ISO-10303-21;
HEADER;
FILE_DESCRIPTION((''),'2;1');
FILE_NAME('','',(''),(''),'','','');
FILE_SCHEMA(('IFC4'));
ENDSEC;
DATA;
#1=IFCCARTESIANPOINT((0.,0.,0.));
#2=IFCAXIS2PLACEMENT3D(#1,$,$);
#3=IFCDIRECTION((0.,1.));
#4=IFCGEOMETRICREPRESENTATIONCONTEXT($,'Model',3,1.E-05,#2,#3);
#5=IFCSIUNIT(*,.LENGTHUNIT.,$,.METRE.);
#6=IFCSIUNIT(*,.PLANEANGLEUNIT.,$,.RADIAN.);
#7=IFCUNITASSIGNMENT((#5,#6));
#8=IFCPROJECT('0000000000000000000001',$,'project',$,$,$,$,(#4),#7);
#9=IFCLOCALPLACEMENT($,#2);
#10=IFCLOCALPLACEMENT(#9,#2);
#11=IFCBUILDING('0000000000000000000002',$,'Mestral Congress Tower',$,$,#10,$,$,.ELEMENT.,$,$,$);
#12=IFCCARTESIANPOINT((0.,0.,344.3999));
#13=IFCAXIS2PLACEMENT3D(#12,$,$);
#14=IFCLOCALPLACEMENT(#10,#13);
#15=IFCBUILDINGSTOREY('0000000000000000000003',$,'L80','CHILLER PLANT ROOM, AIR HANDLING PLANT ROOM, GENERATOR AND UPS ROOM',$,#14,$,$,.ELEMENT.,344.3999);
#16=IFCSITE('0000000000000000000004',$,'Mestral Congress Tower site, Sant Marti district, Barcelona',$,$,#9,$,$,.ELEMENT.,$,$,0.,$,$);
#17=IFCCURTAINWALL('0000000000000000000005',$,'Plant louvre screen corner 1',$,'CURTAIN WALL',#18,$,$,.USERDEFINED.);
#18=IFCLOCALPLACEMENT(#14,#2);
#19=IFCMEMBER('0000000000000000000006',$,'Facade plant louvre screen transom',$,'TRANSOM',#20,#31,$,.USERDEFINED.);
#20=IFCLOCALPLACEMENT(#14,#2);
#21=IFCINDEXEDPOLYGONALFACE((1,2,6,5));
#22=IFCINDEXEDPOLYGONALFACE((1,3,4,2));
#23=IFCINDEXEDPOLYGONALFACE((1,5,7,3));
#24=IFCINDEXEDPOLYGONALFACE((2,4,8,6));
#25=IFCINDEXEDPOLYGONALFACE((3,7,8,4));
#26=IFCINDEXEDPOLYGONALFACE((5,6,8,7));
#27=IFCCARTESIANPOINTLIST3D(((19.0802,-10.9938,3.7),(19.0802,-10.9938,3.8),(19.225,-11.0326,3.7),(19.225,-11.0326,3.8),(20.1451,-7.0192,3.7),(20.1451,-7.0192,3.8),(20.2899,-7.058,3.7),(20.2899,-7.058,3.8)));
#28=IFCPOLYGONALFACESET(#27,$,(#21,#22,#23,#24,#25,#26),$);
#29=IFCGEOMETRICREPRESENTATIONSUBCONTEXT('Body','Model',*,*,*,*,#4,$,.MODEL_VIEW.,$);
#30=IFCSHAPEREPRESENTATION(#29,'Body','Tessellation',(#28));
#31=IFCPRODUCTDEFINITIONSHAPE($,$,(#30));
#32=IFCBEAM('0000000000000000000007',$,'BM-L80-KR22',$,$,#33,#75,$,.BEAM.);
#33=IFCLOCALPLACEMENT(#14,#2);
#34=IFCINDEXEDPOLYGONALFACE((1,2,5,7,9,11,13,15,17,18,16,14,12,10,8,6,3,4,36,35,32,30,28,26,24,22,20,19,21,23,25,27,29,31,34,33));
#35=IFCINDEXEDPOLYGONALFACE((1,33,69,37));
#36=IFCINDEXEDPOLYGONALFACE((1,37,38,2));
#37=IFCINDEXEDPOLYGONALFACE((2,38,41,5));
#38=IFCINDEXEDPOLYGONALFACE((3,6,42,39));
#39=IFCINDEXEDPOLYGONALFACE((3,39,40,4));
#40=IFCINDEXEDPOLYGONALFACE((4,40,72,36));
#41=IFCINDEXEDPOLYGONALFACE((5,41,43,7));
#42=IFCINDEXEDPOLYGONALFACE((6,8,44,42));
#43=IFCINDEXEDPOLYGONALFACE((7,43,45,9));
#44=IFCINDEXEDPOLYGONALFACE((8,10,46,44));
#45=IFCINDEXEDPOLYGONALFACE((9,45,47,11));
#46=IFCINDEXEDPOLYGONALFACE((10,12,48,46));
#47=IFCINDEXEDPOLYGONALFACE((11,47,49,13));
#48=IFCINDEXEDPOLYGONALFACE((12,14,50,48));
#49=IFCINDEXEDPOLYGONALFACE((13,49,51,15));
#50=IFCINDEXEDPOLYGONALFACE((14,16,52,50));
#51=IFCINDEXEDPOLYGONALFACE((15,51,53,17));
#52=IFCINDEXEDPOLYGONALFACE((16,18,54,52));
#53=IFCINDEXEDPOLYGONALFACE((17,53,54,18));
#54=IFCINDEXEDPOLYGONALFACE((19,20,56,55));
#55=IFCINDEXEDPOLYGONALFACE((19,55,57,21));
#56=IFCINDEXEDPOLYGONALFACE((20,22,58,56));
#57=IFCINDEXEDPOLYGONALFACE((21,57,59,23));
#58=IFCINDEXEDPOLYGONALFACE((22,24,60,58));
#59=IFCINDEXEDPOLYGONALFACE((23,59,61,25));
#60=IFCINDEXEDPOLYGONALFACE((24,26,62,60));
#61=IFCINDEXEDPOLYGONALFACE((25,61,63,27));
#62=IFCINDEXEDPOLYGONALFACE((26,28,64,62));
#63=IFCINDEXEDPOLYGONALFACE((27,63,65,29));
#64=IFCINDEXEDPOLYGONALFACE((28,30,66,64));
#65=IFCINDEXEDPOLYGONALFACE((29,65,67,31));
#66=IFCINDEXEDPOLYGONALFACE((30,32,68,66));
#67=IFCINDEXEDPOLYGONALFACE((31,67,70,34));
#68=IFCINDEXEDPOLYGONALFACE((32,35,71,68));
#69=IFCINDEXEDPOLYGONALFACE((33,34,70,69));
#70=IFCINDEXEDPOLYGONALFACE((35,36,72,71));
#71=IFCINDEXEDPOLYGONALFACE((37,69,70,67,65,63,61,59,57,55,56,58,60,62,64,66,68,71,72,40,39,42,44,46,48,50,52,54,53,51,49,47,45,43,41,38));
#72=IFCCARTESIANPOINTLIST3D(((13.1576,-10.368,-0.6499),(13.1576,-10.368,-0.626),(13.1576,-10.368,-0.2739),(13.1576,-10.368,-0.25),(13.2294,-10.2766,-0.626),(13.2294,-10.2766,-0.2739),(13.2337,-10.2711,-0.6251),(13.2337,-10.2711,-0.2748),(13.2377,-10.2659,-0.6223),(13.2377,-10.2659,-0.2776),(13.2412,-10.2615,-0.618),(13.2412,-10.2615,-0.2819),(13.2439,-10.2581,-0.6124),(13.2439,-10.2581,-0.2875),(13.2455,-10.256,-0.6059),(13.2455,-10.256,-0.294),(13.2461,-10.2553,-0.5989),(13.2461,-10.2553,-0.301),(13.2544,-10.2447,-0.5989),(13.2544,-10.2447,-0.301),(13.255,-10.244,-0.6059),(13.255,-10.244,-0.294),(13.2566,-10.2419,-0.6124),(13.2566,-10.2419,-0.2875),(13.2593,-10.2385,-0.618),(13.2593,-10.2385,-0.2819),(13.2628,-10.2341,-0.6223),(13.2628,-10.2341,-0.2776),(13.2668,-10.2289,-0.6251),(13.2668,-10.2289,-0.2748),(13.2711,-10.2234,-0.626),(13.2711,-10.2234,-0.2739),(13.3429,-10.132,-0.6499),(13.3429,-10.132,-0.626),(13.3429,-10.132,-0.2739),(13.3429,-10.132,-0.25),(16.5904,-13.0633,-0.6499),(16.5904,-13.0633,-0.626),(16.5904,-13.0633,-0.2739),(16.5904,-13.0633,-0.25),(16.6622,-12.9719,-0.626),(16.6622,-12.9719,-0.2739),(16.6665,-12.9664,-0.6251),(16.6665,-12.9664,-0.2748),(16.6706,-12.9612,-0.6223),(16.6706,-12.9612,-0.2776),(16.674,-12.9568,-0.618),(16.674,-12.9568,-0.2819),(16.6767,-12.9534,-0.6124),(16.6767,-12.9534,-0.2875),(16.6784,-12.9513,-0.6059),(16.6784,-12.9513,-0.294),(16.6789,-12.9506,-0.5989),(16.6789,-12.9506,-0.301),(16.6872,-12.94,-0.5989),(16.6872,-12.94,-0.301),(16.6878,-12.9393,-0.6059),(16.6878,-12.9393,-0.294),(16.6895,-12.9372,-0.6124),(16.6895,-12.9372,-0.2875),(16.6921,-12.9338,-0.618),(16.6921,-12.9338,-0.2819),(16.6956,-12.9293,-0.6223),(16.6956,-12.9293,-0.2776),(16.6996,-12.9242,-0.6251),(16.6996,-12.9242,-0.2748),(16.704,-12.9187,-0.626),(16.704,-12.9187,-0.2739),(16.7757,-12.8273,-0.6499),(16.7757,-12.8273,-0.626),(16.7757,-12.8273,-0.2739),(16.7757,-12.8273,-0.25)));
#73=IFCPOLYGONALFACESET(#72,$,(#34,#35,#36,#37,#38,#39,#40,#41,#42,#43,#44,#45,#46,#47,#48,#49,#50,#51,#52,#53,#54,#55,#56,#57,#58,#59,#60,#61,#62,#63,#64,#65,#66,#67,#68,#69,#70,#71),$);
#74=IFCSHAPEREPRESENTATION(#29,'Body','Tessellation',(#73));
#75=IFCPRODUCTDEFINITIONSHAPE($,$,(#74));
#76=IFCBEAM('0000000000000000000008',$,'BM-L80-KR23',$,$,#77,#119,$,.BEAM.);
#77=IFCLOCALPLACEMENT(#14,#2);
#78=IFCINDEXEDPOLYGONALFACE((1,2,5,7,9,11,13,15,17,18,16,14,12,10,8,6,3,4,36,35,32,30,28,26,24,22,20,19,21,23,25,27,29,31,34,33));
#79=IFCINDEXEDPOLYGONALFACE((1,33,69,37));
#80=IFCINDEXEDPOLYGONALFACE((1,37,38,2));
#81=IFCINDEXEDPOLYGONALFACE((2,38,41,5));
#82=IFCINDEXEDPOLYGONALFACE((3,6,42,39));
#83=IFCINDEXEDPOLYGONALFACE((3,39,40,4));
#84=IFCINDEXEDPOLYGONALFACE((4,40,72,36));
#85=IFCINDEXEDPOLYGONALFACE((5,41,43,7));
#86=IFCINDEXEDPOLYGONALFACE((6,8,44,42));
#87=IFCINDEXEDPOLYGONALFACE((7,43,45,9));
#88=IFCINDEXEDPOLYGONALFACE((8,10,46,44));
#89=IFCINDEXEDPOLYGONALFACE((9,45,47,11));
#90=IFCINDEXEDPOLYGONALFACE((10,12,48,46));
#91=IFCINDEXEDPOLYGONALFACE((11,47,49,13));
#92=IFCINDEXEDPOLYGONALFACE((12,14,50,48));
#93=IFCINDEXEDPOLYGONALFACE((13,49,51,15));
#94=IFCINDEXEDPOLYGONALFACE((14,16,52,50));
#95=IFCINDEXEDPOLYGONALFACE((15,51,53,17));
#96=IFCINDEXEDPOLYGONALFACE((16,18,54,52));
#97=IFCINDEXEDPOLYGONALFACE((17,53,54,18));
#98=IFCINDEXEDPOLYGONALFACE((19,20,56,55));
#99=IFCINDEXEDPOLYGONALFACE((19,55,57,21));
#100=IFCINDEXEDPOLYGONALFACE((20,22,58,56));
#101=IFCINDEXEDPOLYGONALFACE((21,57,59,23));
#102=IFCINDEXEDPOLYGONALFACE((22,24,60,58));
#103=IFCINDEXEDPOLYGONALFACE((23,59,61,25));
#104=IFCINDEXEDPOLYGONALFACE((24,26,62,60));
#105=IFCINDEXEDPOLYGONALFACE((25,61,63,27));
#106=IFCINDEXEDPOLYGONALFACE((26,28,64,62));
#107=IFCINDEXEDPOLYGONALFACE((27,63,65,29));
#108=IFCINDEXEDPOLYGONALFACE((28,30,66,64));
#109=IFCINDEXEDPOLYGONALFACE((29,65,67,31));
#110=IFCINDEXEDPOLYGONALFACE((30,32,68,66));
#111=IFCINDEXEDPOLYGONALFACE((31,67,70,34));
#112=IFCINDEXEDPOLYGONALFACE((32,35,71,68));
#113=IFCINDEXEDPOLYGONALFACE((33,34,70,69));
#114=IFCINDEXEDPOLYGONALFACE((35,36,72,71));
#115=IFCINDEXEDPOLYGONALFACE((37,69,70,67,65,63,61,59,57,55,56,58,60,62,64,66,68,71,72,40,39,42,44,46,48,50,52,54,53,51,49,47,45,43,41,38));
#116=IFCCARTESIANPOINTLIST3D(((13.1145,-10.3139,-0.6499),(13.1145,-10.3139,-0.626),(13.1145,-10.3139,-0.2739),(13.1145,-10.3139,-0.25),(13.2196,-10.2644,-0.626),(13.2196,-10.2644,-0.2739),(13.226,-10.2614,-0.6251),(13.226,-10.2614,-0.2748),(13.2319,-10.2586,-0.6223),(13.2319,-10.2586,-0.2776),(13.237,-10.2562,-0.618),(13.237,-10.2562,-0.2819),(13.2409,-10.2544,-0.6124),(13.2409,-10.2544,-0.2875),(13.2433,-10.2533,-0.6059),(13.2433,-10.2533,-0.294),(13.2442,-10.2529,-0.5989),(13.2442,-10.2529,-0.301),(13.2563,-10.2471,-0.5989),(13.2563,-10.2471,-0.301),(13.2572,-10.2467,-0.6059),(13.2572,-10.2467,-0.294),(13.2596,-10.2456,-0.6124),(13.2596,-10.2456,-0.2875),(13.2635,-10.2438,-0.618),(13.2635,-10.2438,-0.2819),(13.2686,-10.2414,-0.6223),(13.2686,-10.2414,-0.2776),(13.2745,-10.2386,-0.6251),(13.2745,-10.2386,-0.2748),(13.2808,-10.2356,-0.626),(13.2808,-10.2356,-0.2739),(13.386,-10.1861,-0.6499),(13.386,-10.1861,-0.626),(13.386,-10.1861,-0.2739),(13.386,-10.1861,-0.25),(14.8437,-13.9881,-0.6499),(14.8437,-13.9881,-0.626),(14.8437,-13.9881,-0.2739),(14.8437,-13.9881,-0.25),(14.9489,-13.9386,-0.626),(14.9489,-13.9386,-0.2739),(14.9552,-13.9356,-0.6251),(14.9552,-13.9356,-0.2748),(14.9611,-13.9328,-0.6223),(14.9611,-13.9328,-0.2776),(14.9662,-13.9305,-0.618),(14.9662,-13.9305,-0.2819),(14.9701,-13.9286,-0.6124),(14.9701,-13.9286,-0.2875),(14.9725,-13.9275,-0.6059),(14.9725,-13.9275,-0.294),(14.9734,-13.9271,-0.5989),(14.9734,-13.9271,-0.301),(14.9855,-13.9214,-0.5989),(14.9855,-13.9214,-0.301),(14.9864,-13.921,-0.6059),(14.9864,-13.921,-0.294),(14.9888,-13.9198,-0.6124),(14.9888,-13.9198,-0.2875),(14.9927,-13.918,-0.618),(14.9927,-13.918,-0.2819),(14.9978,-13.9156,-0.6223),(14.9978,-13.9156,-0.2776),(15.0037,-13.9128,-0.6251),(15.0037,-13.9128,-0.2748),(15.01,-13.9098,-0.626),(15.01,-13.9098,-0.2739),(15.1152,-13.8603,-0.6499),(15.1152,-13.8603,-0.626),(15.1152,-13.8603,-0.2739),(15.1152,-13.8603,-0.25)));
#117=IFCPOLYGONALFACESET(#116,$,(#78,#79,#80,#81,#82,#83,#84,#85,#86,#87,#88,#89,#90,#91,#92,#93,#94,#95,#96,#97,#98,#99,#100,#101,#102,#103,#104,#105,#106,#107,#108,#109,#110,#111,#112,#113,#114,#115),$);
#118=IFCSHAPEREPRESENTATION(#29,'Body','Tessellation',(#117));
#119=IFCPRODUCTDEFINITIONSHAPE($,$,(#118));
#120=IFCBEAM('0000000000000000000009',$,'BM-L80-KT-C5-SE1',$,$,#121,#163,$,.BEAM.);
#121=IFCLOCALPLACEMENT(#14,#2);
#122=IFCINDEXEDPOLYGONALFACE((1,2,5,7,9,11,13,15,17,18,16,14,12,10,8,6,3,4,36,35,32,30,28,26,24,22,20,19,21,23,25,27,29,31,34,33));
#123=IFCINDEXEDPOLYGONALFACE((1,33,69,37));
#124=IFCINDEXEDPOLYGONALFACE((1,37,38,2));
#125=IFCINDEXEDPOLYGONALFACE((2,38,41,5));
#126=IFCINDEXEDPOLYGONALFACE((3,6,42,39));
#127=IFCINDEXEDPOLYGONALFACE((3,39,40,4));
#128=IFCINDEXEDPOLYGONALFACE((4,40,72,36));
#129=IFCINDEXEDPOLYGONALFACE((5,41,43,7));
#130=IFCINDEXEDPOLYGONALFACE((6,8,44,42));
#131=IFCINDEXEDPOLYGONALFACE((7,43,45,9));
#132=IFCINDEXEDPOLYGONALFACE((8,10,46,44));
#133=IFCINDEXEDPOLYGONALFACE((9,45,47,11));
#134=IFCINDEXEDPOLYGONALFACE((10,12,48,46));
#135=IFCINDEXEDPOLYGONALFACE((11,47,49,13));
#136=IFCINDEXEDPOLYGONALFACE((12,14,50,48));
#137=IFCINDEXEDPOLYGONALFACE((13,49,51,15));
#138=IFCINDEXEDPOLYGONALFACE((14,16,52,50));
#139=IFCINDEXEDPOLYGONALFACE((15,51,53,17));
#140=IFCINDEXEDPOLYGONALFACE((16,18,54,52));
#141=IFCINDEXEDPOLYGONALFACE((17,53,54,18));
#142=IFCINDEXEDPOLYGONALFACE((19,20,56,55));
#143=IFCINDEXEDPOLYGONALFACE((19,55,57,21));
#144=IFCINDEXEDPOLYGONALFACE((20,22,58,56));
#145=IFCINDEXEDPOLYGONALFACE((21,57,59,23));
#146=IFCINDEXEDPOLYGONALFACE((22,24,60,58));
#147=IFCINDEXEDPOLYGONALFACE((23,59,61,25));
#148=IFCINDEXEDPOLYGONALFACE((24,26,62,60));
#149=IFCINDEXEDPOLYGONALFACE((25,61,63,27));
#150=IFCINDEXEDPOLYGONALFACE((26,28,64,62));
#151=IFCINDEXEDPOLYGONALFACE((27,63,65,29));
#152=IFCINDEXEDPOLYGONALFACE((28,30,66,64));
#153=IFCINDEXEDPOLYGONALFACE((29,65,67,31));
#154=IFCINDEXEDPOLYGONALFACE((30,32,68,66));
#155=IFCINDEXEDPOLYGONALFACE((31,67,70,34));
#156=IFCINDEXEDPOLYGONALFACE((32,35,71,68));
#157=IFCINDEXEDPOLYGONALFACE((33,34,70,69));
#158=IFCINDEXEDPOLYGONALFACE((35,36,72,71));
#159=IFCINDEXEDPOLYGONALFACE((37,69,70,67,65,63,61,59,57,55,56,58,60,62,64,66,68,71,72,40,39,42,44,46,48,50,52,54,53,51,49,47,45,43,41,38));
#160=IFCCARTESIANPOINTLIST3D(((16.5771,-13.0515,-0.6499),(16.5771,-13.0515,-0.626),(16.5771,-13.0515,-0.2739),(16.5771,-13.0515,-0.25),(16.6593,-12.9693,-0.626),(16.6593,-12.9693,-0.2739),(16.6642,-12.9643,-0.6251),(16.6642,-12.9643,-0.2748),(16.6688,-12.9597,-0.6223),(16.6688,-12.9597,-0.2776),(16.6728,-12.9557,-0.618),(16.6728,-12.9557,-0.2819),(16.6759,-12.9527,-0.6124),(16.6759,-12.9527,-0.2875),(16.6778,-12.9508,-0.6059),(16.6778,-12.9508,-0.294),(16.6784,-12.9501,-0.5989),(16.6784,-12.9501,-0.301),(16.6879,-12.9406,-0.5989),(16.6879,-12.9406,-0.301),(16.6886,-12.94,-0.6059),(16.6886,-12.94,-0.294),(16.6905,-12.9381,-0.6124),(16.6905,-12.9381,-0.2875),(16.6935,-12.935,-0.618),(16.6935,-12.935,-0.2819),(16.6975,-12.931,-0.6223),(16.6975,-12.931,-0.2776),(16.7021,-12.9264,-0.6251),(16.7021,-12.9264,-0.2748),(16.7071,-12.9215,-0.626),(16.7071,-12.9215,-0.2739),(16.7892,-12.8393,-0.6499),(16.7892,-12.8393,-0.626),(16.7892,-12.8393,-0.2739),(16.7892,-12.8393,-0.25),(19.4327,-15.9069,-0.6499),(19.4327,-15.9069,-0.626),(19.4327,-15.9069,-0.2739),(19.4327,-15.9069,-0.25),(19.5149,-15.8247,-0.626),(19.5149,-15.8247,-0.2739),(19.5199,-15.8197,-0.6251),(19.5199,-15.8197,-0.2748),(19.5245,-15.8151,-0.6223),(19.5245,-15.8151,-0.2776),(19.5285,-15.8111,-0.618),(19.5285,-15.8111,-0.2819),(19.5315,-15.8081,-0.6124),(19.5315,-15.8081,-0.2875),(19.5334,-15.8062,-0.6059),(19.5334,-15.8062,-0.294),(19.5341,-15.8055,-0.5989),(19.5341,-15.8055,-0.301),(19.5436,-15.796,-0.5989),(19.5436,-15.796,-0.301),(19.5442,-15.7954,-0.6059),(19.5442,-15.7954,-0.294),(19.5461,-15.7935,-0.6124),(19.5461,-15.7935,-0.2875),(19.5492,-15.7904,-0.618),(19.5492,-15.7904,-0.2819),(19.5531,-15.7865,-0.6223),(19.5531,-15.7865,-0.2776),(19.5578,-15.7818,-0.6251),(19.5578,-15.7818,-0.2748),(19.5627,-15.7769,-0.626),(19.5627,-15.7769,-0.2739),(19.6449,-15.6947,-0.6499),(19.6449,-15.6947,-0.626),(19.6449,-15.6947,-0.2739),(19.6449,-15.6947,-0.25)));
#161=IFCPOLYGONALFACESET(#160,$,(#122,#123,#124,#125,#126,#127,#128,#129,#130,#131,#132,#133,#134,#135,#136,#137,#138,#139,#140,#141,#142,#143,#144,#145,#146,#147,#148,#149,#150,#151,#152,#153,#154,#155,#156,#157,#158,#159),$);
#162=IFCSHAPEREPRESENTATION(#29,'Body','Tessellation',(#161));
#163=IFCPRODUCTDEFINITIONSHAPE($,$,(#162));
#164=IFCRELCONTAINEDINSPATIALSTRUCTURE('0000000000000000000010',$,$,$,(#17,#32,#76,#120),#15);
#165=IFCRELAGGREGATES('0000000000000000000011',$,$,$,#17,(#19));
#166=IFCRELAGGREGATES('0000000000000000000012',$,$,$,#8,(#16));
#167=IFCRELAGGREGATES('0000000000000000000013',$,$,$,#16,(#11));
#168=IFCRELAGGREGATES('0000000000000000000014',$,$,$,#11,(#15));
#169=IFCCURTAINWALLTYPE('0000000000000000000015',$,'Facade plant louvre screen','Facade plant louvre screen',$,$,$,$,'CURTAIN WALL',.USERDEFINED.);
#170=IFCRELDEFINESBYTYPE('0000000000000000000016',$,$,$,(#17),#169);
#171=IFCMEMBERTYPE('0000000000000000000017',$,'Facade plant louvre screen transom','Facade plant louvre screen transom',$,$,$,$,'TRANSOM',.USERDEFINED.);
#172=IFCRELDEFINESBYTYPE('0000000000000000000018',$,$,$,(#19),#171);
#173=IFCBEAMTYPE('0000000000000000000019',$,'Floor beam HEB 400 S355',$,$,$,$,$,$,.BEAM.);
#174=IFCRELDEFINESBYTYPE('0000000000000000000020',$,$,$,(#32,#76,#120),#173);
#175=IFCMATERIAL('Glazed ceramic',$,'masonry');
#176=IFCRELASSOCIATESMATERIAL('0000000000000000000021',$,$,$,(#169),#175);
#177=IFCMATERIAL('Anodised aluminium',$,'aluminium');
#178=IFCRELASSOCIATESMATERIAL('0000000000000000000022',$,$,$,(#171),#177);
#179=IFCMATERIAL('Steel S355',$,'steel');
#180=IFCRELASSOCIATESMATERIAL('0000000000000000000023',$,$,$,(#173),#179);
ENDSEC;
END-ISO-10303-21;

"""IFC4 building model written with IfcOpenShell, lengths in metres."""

from ifc_helpers import new_model, si_unit, direction, frame, origin, origin_2d, place, context, subcontext, project, spatial, rectangle, i_section, extrude, material, material_profile, profile_set, type_object, element, aggregate, save


model = new_model("IFC4")

# Units and contexts
model_context = context("Model", 3, precision=1e-05, world=origin(), true_north=direction((0.0, 1.0)))
body_context = subcontext(model_context, "Body", "Model", "MODEL_VIEW")
ifc_project = project(units=[si_unit("LENGTHUNIT", "METRE"), si_unit("PLANEANGLEUNIT", "RADIAN")], contexts=[model_context])

# Site, building, storey
site_placement = place(None, origin())
site = spatial("IfcSite", under=ifc_project, at=site_placement, Name="Mestral Congress Tower site, Sant Marti district, Barcelona", CompositionType="ELEMENT", RefElevation=0.0)
building_placement = place(site_placement, origin())
building = spatial("IfcBuilding", under=site, at=building_placement, Name="Mestral Congress Tower", CompositionType="ELEMENT")
storey_placement = place(building_placement, frame((0.0, 0.0, 344.3999)))
storey = spatial("IfcBuildingStorey", under=building, at=storey_placement, Name="L80", Description="CHILLER PLANT ROOM, AIR HANDLING PLANT ROOM, GENERATOR AND UPS ROOM", CompositionType="ELEMENT", Elevation=344.3999)

# Shared definitions
ifc_material_1 = material(Name="Steel S355", Category="steel")

# Curtain wall, member
ifc_material_2 = material(Name="Glazed ceramic", Category="masonry")
curtain_wall_type = type_object("IfcCurtainWallType", Name="Facade plant louvre screen", Description="Facade plant louvre screen", ElementType="CURTAIN WALL", PredefinedType="USERDEFINED", material=ifc_material_2)
curtain_wall_placement = place(storey_placement, origin())
curtain_wall = element("IfcCurtainWall", 1, at=curtain_wall_placement, inside=storey, type_object=curtain_wall_type, Name="Plant louvre screen corner 1", ObjectType="CURTAIN WALL", PredefinedType="USERDEFINED")
ifc_material_3 = material(Name="Anodised aluminium", Category="aluminium")
ifc_material_profile_1 = material_profile(ifc_material_3, rectangle(XDim=0.1499, YDim=0.1001, at=origin_2d()), Name="CW6 transom 150 x 100")
ifc_profile_set_1 = profile_set([ifc_material_profile_1], Name="Anodised aluminium")
member_type_1 = type_object("IfcMemberType", Name="Facade plant louvre screen transom", Description="Facade plant louvre screen transom", ElementType="TRANSOM", PredefinedType="USERDEFINED", material=ifc_profile_set_1)
member_1_placement = place(storey_placement, frame((19.1526, -11.0132, 3.75), z_axis=(0.258807, 0.965929, 0.0), x_axis=(-0.965929, 0.258807, 0.0)))
member_1 = element("IfcMember", 2, at=member_1_placement, type_object=member_type_1, Name="Facade plant louvre screen transom", ObjectType="TRANSOM", PredefinedType="USERDEFINED", context=body_context, shape_type="SweptSolid", body=[
    extrude(rectangle(XDim=0.1499, YDim=0.1001, at=origin_2d()), origin(), (0.0, 0.0, 1.0), 4.1147),
])

# Beams
ifc_material_profile_2 = material_profile(ifc_material_1, i_section(OverallWidth=0.3, OverallDepth=0.3999, WebThickness=0.0134, FlangeThickness=0.0239, FilletRadius=0.0271, at=origin_2d()), Name="HEB 400")
ifc_profile_set_2 = profile_set([ifc_material_profile_2], Name="Steel S355")
beam_type_1 = type_object("IfcBeamType", Name="Floor beam HEB 400 S355", PredefinedType="BEAM", material=ifc_profile_set_2)
beam_1_placement = place(storey_placement, frame((13.2502, -10.25, -0.45), z_axis=(0.786534, -0.617547, 0.0), x_axis=(0.617547, 0.786534, 0.0)))
element("IfcBeam", 3, at=beam_1_placement, inside=storey, type_object=beam_type_1, Name="BM-L80-KR22", PredefinedType="BEAM", context=body_context, shape_type="SweptSolid", body=[
    extrude(i_section(OverallWidth=0.3, OverallDepth=0.3999, WebThickness=0.0134, FlangeThickness=0.0239, FilletRadius=0.0271, at=origin_2d()), origin(), (0.0, 0.0, 1.0), 4.3645),
])
beam_2_placement = place(storey_placement, frame((13.2502, -10.25, -0.45), z_axis=(0.425829, -0.904804, 0.0), x_axis=(0.904804, 0.425829, 0.0)))
element("IfcBeam", 4, at=beam_2_placement, inside=storey, type_object=beam_type_1, Name="BM-L80-KR23", PredefinedType="BEAM", context=body_context, shape_type="SweptSolid", body=[
    extrude(i_section(OverallWidth=0.3, OverallDepth=0.3999, WebThickness=0.0134, FlangeThickness=0.0239, FilletRadius=0.0271, at=origin_2d()), origin(), (0.0, 0.0, 1.0), 4.0608),
])
beam_3_placement = place(storey_placement, frame((19.5388, -15.8008, -0.45), z_axis=(-0.707137, 0.707077, 0.0), x_axis=(-0.707077, -0.707137, 0.0)))
element("IfcBeam", 5, at=beam_3_placement, inside=storey, type_object=beam_type_1, Name="BM-L80-KT-C5-SE1", PredefinedType="BEAM", context=body_context, shape_type="SweptSolid", body=[
    extrude(i_section(OverallWidth=0.3, OverallDepth=0.3999, WebThickness=0.0134, FlangeThickness=0.0239, FilletRadius=0.0271, at=origin_2d()), origin(), (0.0, 0.0, 1.0), 4.0383),
])

aggregate(curtain_wall, [member_1])

save(model, "model.ifc")
